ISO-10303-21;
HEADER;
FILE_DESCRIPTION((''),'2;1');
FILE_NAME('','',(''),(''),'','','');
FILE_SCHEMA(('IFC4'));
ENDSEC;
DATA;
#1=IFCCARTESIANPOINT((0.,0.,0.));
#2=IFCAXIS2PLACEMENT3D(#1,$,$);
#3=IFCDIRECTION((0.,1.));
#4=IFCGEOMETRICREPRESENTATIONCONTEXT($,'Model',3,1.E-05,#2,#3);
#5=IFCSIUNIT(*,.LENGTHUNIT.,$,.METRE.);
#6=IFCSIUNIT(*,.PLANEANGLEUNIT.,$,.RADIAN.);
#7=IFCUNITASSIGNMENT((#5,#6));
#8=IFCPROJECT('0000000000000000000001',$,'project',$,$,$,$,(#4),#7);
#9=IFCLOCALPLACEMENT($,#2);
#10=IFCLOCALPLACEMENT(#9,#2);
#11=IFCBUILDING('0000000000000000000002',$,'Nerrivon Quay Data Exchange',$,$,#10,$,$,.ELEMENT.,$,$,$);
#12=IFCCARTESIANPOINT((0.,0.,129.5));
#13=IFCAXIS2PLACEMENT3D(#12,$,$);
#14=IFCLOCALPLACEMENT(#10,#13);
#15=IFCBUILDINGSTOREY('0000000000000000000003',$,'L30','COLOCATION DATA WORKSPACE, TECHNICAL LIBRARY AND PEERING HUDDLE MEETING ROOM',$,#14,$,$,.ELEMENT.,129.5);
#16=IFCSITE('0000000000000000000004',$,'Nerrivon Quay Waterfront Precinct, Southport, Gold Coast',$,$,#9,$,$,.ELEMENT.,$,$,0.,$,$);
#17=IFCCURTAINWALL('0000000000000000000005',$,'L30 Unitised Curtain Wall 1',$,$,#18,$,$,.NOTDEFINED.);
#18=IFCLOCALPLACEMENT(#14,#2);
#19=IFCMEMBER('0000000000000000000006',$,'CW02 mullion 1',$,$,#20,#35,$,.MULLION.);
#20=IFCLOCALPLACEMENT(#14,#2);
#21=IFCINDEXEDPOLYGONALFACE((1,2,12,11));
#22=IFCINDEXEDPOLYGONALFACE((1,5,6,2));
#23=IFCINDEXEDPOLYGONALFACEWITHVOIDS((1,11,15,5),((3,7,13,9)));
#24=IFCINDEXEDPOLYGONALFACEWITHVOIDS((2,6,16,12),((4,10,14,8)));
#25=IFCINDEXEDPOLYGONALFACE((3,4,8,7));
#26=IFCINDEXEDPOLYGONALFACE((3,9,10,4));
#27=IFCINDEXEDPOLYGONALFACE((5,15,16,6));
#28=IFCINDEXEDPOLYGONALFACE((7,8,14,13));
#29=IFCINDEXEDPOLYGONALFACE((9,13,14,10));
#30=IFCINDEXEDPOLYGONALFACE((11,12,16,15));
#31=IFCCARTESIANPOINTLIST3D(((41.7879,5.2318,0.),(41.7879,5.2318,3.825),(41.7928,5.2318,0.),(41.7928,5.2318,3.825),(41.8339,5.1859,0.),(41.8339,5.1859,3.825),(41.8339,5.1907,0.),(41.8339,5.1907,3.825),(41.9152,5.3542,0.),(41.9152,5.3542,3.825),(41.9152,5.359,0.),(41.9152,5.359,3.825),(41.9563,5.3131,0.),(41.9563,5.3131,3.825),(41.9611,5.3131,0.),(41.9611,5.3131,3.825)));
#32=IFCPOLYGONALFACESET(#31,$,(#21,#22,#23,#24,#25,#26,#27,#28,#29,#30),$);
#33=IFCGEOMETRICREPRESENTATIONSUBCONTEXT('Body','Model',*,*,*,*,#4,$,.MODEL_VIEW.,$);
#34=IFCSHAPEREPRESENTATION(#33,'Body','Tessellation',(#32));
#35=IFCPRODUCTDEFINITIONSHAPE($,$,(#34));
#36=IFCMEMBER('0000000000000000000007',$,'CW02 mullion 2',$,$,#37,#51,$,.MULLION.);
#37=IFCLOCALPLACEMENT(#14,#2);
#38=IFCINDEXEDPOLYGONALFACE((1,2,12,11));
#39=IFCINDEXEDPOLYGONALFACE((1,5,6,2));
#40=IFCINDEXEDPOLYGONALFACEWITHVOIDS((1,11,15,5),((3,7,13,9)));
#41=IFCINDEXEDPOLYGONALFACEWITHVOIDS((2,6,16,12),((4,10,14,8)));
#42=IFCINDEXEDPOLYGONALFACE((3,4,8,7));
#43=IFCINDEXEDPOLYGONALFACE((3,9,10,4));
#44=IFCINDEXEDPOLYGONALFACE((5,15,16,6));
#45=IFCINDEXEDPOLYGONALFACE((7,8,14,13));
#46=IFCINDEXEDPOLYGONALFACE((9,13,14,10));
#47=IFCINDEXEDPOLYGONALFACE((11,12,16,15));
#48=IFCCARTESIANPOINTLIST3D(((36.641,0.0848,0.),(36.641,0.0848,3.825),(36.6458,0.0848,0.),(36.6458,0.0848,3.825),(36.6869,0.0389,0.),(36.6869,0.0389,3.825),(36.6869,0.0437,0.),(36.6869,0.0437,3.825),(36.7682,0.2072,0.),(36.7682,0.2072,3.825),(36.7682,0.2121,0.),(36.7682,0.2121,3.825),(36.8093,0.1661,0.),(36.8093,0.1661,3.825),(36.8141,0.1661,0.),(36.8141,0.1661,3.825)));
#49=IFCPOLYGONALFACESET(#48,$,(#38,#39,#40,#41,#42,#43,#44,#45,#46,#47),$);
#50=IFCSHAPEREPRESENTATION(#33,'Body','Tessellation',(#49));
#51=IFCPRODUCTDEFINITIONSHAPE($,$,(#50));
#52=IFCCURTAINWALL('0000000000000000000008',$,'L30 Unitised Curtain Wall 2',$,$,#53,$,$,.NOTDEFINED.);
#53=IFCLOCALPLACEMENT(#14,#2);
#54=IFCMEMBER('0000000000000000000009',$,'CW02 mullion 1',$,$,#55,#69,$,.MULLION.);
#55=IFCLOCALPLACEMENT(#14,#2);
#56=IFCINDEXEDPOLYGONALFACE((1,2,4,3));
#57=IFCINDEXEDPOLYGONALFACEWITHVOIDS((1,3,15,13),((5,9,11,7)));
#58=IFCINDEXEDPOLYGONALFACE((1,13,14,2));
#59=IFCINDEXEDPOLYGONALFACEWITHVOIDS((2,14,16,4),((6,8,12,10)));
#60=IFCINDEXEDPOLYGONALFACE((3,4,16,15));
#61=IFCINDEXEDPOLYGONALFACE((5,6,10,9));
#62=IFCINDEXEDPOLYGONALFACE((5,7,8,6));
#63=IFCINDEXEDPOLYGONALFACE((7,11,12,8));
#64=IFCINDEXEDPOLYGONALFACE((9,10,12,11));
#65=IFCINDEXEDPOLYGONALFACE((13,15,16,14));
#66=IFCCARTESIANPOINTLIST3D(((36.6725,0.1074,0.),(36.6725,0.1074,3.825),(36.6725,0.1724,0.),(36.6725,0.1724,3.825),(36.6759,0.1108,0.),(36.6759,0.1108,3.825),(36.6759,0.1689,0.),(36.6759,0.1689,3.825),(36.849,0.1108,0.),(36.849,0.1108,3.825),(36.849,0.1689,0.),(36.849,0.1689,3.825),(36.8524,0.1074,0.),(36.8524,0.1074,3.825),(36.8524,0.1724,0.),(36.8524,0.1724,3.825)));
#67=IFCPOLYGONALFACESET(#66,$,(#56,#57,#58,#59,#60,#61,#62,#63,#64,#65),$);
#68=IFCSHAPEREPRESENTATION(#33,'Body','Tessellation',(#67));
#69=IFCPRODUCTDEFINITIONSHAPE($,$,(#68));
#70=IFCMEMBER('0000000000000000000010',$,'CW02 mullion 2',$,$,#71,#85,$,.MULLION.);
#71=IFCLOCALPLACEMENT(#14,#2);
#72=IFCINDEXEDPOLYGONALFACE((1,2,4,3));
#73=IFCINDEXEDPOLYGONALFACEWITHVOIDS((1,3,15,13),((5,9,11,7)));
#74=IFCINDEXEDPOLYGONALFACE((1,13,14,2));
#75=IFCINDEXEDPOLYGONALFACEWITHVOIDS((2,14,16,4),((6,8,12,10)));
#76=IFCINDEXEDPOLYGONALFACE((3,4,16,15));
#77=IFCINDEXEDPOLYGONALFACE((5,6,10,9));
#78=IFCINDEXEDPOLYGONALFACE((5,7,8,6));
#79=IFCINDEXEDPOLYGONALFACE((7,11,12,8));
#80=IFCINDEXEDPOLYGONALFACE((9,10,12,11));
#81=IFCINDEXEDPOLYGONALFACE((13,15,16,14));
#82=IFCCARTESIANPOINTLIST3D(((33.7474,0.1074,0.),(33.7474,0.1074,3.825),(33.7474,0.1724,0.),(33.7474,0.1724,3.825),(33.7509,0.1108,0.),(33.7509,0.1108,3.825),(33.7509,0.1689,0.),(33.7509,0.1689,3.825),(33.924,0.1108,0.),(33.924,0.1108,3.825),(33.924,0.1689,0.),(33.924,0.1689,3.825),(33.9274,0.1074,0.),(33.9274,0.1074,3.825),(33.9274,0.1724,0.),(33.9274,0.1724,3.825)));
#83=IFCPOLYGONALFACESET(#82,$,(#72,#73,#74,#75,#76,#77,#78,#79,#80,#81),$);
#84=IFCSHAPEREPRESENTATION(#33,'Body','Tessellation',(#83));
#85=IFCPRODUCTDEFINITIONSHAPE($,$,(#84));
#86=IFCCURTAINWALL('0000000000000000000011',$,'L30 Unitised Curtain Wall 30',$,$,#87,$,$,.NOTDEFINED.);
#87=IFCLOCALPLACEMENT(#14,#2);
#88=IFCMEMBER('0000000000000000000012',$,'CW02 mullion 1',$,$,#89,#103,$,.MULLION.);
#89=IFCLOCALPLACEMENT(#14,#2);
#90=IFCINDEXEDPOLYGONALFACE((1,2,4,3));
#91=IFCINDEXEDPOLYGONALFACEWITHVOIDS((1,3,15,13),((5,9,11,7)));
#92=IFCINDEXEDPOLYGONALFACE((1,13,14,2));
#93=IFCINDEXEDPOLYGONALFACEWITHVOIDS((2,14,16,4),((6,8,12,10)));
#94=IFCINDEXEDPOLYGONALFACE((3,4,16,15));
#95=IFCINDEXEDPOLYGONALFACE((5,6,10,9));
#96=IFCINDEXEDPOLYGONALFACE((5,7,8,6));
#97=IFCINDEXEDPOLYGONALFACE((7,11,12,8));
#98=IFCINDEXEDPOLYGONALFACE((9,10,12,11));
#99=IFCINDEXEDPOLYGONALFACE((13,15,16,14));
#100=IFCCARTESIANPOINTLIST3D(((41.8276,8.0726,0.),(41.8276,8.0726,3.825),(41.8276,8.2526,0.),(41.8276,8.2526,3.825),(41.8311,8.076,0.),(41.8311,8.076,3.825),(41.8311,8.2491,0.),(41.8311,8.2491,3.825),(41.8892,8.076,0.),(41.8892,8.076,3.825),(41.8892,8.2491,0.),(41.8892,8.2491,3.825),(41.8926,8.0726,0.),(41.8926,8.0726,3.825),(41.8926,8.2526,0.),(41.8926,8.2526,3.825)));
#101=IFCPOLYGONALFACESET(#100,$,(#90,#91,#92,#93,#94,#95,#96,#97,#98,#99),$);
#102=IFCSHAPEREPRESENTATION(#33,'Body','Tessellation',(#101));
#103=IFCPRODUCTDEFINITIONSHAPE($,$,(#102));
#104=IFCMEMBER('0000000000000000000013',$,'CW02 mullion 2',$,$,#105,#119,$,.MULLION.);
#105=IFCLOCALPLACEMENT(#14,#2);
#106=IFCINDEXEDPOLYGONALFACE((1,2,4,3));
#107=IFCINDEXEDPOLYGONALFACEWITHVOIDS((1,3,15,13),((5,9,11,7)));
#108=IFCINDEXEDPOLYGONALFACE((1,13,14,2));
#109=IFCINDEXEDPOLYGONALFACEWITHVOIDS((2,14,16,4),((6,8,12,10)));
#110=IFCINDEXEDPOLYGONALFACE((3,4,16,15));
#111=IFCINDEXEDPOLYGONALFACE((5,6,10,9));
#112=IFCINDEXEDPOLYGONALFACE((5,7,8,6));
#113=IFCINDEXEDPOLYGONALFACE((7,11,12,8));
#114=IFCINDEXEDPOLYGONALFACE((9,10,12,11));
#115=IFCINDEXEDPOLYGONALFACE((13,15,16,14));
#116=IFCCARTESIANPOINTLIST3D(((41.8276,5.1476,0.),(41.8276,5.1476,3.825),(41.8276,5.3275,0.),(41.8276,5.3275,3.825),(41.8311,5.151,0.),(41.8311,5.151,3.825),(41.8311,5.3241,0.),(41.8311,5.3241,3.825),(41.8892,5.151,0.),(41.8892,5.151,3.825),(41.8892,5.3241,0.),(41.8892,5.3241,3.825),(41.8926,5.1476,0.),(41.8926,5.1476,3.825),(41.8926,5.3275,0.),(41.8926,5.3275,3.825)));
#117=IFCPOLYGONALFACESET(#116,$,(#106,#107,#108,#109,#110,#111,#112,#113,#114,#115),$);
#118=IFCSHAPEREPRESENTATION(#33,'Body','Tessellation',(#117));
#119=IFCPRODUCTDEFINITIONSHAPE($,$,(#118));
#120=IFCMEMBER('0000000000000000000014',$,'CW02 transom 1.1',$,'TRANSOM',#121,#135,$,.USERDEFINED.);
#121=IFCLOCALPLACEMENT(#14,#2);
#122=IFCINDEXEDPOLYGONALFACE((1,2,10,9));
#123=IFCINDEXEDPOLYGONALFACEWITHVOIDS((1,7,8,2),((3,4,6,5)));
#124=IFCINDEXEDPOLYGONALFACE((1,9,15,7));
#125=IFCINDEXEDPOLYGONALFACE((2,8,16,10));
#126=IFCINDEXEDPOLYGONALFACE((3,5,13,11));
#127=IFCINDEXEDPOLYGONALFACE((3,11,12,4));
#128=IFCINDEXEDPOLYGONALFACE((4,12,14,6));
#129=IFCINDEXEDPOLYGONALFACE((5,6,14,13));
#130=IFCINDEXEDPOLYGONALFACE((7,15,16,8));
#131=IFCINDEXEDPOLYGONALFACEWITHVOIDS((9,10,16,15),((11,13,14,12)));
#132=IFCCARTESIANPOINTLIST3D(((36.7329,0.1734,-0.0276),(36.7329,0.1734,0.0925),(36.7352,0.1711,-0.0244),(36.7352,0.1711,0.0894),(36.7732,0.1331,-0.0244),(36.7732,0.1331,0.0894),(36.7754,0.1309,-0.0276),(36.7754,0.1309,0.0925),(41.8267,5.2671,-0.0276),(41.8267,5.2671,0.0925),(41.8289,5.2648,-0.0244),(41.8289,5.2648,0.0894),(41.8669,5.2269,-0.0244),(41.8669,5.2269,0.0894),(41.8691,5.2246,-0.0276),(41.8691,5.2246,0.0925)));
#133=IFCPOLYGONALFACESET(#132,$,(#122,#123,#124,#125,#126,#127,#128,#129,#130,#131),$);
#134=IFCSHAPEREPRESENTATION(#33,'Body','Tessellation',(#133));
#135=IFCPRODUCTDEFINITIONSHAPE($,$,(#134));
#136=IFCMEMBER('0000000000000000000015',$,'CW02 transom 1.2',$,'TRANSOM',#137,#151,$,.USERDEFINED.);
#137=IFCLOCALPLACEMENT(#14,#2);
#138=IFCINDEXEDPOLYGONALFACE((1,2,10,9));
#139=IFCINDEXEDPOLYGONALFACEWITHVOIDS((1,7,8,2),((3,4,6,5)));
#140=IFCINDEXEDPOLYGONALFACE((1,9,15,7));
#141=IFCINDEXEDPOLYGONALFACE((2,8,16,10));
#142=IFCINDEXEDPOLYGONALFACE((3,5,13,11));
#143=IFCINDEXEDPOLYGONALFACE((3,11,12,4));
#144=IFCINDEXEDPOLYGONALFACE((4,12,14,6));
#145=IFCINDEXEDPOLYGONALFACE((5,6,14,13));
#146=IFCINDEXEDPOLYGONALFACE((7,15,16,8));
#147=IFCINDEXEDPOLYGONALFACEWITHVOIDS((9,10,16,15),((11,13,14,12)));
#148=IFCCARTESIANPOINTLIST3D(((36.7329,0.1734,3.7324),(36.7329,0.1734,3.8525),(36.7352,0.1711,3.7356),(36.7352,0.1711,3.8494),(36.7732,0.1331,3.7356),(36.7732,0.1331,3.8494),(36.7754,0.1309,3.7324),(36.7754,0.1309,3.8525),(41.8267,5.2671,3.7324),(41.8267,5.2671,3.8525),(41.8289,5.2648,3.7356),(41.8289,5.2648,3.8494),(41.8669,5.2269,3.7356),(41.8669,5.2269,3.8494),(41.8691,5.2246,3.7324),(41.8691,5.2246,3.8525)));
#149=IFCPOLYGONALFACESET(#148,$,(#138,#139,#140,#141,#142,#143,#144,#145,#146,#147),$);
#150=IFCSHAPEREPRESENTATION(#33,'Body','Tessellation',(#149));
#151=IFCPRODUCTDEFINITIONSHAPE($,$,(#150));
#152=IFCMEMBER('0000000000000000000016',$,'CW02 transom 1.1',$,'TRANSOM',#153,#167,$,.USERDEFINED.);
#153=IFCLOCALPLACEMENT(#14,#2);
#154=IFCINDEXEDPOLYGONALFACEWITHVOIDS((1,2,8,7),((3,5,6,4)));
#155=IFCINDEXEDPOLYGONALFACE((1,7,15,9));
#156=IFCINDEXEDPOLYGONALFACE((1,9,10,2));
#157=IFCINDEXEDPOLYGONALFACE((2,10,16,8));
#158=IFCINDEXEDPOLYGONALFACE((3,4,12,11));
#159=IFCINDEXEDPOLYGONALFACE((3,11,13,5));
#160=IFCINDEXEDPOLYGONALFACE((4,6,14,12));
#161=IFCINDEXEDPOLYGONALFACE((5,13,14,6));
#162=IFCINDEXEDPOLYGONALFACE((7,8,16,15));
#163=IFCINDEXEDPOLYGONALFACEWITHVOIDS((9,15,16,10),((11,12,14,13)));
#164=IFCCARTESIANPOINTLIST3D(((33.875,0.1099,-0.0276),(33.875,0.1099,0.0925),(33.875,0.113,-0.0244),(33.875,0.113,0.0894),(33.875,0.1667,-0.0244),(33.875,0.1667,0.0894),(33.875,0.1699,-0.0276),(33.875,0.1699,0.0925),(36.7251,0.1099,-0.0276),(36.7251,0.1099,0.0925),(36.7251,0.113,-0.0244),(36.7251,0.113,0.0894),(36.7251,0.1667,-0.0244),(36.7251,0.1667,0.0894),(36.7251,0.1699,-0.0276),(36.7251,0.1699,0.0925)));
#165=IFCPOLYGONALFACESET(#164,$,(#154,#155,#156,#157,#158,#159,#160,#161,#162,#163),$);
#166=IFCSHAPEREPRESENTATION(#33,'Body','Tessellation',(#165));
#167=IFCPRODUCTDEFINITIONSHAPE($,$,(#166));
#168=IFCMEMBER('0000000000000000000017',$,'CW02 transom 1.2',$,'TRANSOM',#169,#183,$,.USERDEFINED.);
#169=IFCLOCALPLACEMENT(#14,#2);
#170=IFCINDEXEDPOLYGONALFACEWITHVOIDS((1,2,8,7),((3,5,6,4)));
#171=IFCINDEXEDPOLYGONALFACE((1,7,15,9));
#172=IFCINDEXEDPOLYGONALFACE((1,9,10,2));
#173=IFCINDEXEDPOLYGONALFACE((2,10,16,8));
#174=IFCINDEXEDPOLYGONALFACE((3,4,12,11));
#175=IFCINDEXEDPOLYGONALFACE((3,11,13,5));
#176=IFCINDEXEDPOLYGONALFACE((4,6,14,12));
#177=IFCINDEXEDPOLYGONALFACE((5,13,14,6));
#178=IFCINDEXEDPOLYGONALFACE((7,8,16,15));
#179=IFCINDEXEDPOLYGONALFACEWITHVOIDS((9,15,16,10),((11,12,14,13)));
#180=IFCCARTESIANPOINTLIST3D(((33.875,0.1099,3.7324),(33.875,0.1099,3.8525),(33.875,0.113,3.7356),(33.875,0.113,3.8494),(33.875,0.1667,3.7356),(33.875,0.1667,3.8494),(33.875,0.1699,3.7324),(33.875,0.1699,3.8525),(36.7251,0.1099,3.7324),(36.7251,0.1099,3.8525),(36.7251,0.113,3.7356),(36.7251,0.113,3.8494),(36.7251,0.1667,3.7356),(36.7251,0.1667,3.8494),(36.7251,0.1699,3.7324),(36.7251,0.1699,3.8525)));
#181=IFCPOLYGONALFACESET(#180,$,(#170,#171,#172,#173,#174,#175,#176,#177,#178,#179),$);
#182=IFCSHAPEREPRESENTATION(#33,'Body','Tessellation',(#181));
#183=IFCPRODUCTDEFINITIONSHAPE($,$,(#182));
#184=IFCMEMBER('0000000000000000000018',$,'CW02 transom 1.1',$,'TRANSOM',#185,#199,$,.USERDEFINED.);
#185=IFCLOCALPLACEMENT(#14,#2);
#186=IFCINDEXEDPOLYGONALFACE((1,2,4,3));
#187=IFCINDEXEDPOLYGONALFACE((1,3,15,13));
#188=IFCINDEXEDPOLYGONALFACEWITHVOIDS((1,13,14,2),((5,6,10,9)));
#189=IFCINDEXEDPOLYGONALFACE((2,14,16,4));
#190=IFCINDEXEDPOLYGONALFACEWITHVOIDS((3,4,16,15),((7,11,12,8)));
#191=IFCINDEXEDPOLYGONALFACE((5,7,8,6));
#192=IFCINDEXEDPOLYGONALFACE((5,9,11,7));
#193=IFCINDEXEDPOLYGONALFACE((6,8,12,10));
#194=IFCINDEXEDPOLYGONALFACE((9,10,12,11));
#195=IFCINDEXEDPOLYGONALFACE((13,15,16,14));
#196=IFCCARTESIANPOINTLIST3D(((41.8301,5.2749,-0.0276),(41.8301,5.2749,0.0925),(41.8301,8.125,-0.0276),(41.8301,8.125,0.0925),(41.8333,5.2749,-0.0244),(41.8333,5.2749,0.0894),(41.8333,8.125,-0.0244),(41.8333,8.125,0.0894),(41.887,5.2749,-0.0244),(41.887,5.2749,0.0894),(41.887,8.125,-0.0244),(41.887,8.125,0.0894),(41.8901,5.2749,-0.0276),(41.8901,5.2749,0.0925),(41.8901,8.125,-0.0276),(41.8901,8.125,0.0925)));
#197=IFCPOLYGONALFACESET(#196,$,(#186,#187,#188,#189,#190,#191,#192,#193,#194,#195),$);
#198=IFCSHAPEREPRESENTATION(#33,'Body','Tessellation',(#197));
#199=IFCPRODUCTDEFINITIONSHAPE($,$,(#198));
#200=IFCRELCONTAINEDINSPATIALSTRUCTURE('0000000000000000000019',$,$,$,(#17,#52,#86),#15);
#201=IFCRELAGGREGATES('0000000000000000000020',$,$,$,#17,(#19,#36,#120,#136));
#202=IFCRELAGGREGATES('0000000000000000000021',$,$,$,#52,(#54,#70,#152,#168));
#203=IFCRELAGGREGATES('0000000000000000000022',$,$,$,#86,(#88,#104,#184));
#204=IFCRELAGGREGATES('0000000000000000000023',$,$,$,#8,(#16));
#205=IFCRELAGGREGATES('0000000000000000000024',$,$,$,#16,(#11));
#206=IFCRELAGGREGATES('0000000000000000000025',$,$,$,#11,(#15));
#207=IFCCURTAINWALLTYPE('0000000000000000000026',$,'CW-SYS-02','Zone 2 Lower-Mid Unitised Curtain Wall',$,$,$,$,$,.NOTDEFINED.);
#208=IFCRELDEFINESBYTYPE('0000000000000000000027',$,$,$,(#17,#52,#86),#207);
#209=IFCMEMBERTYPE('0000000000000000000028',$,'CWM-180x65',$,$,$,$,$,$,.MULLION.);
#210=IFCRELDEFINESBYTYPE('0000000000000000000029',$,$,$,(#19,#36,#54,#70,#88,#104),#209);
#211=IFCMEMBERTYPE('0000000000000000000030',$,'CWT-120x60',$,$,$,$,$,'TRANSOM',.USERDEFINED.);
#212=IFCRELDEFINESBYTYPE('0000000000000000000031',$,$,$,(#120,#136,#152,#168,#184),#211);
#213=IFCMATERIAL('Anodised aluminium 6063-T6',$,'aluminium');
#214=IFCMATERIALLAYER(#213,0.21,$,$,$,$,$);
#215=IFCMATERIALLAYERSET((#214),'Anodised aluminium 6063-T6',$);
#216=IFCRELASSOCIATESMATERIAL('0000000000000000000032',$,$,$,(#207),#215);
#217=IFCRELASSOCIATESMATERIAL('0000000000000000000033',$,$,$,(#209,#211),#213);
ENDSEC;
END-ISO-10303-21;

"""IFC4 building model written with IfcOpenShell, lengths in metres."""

from ifc_helpers import new_model, si_unit, direction, frame, origin, origin_2d, place, context, subcontext, project, spatial, hollow_rectangle, extrude, material, layer, layer_set, material_profile, profile_set, type_object, element, aggregate, save


model = new_model("IFC4")

# Units and contexts
model_context = context("Model", 3, precision=1e-05, world=origin(), true_north=direction((0.0, 1.0)))
body_context = subcontext(model_context, "Body", "Model", "MODEL_VIEW")
ifc_project = project(units=[si_unit("LENGTHUNIT", "METRE"), si_unit("PLANEANGLEUNIT", "RADIAN")], contexts=[model_context])

# Site, building, storey
site_placement = place(None, origin())
site = spatial("IfcSite", under=ifc_project, at=site_placement, Name="Nerrivon Quay Waterfront Precinct, Southport, Gold Coast", CompositionType="ELEMENT", RefElevation=0.0)
building_placement = place(site_placement, origin())
building = spatial("IfcBuilding", under=site, at=building_placement, Name="Nerrivon Quay Data Exchange", CompositionType="ELEMENT")
storey_placement = place(building_placement, frame((0.0, 0.0, 129.5)))
storey = spatial("IfcBuildingStorey", under=building, at=storey_placement, Name="L30", Description="COLOCATION DATA WORKSPACE, TECHNICAL LIBRARY AND PEERING HUDDLE MEETING ROOM", CompositionType="ELEMENT", Elevation=129.5)

# Curtain walls, members
ifc_material_1 = material(Name="Anodised aluminium 6063-T6", Category="aluminium")
ifc_layer_1 = layer(ifc_material_1, 0.21)
ifc_layer_set_1 = layer_set([ifc_layer_1], Name="Anodised aluminium 6063-T6")
curtain_wall_type = type_object("IfcCurtainWallType", Name="CW-SYS-02", Description="Zone 2 Lower-Mid Unitised Curtain Wall", PredefinedType="NOTDEFINED", material=ifc_layer_set_1)
curtain_wall_1_placement = place(storey_placement, origin())
curtain_wall_1 = element("IfcCurtainWall", 1, at=curtain_wall_1_placement, inside=storey, type_object=curtain_wall_type, Name="L30 Unitised Curtain Wall 1", PredefinedType="NOTDEFINED")
ifc_material_profile_1 = material_profile(ifc_material_1, hollow_rectangle(XDim=0.0649, YDim=0.1799, WallThickness=0.0034, at=origin_2d()), Name="ALU-MULL-180x65")
ifc_profile_set_1 = profile_set([ifc_material_profile_1], Name="Anodised aluminium 6063-T6")
member_type_1 = type_object("IfcMemberType", Name="CWM-180x65", PredefinedType="MULLION", material=ifc_profile_set_1)
member_1_placement = place(storey_placement, frame((41.8745, 5.2725, 0.0), z_axis=(0.0, 0.0, 1.0), x_axis=(0.707107, -0.707107, 0.0)))
member_1 = element("IfcMember", 2, at=member_1_placement, type_object=member_type_1, Name="CW02 mullion 1", PredefinedType="MULLION", context=body_context, shape_type="SweptSolid", body=[
    extrude(hollow_rectangle(XDim=0.0649, YDim=0.1799, WallThickness=0.0034, at=origin_2d()), origin(), (0.0, 0.0, 1.0), 3.825),
])
member_2_placement = place(storey_placement, frame((36.7275, 0.1255, 0.0), z_axis=(0.0, 0.0, 1.0), x_axis=(0.707107, -0.707107, 0.0)))
member_2 = element("IfcMember", 3, at=member_2_placement, type_object=member_type_1, Name="CW02 mullion 2", PredefinedType="MULLION", context=body_context, shape_type="SweptSolid", body=[
    extrude(hollow_rectangle(XDim=0.0649, YDim=0.1799, WallThickness=0.0034, at=origin_2d()), origin(), (0.0, 0.0, 1.0), 3.825),
])
curtain_wall_2_placement = place(storey_placement, origin())
curtain_wall_2 = element("IfcCurtainWall", 4, at=curtain_wall_2_placement, inside=storey, type_object=curtain_wall_type, Name="L30 Unitised Curtain Wall 2", PredefinedType="NOTDEFINED")
member_3_placement = place(storey_placement, frame((36.7625, 0.1399, 0.0), z_axis=(0.0, 0.0, 1.0), x_axis=(0.0, -1.0, 0.0)))
member_3 = element("IfcMember", 5, at=member_3_placement, type_object=member_type_1, Name="CW02 mullion 1", PredefinedType="MULLION", context=body_context, shape_type="SweptSolid", body=[
    extrude(hollow_rectangle(XDim=0.0649, YDim=0.1799, WallThickness=0.0034, at=origin_2d()), origin(), (0.0, 0.0, 1.0), 3.825),
])
member_4_placement = place(storey_placement, frame((33.8374, 0.1399, 0.0), z_axis=(0.0, 0.0, 1.0), x_axis=(0.0, -1.0, 0.0)))
member_4 = element("IfcMember", 6, at=member_4_placement, type_object=member_type_1, Name="CW02 mullion 2", PredefinedType="MULLION", context=body_context, shape_type="SweptSolid", body=[
    extrude(hollow_rectangle(XDim=0.0649, YDim=0.1799, WallThickness=0.0034, at=origin_2d()), origin(), (0.0, 0.0, 1.0), 3.825),
])
curtain_wall_3_placement = place(storey_placement, origin())
curtain_wall_3 = element("IfcCurtainWall", 7, at=curtain_wall_3_placement, inside=storey, type_object=curtain_wall_type, Name="L30 Unitised Curtain Wall 30", PredefinedType="NOTDEFINED")
member_5_placement = place(storey_placement, frame((41.8601, 8.1626, 0.0), z_axis=(0.0, 0.0, 1.0), x_axis=(1.0, 0.0, 0.0)))
member_5 = element("IfcMember", 8, at=member_5_placement, type_object=member_type_1, Name="CW02 mullion 1", PredefinedType="MULLION", context=body_context, shape_type="SweptSolid", body=[
    extrude(hollow_rectangle(XDim=0.0649, YDim=0.1799, WallThickness=0.0034, at=origin_2d()), origin(), (0.0, 0.0, 1.0), 3.825),
])
member_6_placement = place(storey_placement, frame((41.8601, 5.2375, 0.0), z_axis=(0.0, 0.0, 1.0), x_axis=(1.0, 0.0, 0.0)))
member_6 = element("IfcMember", 9, at=member_6_placement, type_object=member_type_1, Name="CW02 mullion 2", PredefinedType="MULLION", context=body_context, shape_type="SweptSolid", body=[
    extrude(hollow_rectangle(XDim=0.0649, YDim=0.1799, WallThickness=0.0034, at=origin_2d()), origin(), (0.0, 0.0, 1.0), 3.825),
])

# Members
ifc_material_profile_2 = material_profile(ifc_material_1, hollow_rectangle(XDim=0.0601, YDim=0.1201, WallThickness=0.0032, at=origin_2d()), Name="ALU-TRAN-120x60")
ifc_profile_set_2 = profile_set([ifc_material_profile_2], Name="Anodised aluminium 6063-T6")
member_type_2 = type_object("IfcMemberType", Name="CWT-120x60", ElementType="TRANSOM", PredefinedType="USERDEFINED", material=ifc_profile_set_2)
member_7_placement = place(storey_placement, frame((41.8479, 5.2458, 0.0325), z_axis=(-0.707107, -0.707107, 0.0), x_axis=(0.707107, -0.707107, 0.0)))
member_7 = element("IfcMember", 10, at=member_7_placement, type_object=member_type_2, Name="CW02 transom 1.1", ObjectType="TRANSOM", PredefinedType="USERDEFINED", context=body_context, shape_type="SweptSolid", body=[
    extrude(hollow_rectangle(XDim=0.0601, YDim=0.1201, WallThickness=0.0032, at=origin_2d()), origin(), (0.0, 0.0, 1.0), 7.2036),
])
member_8_placement = place(storey_placement, frame((41.8479, 5.2458, 3.7925), z_axis=(-0.707107, -0.707107, 0.0), x_axis=(0.707107, -0.707107, 0.0)))
member_8 = element("IfcMember", 11, at=member_8_placement, type_object=member_type_2, Name="CW02 transom 1.2", ObjectType="TRANSOM", PredefinedType="USERDEFINED", context=body_context, shape_type="SweptSolid", body=[
    extrude(hollow_rectangle(XDim=0.0601, YDim=0.1201, WallThickness=0.0032, at=origin_2d()), origin(), (0.0, 0.0, 1.0), 7.2036),
])
member_9_placement = place(storey_placement, frame((36.7251, 0.1399, 0.0325), z_axis=(-1.0, 0.0, 0.0), x_axis=(0.0, -1.0, 0.0)))
member_9 = element("IfcMember", 12, at=member_9_placement, type_object=member_type_2, Name="CW02 transom 1.1", ObjectType="TRANSOM", PredefinedType="USERDEFINED", context=body_context, shape_type="SweptSolid", body=[
    extrude(hollow_rectangle(XDim=0.0601, YDim=0.1201, WallThickness=0.0032, at=origin_2d()), origin(), (0.0, 0.0, 1.0), 2.8501),
])
member_10_placement = place(storey_placement, frame((36.7251, 0.1399, 3.7925), z_axis=(-1.0, 0.0, 0.0), x_axis=(0.0, -1.0, 0.0)))
member_10 = element("IfcMember", 13, at=member_10_placement, type_object=member_type_2, Name="CW02 transom 1.2", ObjectType="TRANSOM", PredefinedType="USERDEFINED", context=body_context, shape_type="SweptSolid", body=[
    extrude(hollow_rectangle(XDim=0.0601, YDim=0.1201, WallThickness=0.0032, at=origin_2d()), origin(), (0.0, 0.0, 1.0), 2.8501),
])
member_11_placement = place(storey_placement, frame((41.8601, 8.125, 0.0325), z_axis=(0.0, -1.0, 0.0), x_axis=(1.0, 0.0, 0.0)))
member_11 = element("IfcMember", 14, at=member_11_placement, type_object=member_type_2, Name="CW02 transom 1.1", ObjectType="TRANSOM", PredefinedType="USERDEFINED", context=body_context, shape_type="SweptSolid", body=[
    extrude(hollow_rectangle(XDim=0.0601, YDim=0.1201, WallThickness=0.0032, at=origin_2d()), origin(), (0.0, 0.0, 1.0), 2.8501),
])

aggregate(curtain_wall_1, [member_1, member_2, member_7, member_8])
aggregate(curtain_wall_2, [member_3, member_4, member_9, member_10])
aggregate(curtain_wall_3, [member_5, member_6, member_11])

save(model, "model.ifc")
